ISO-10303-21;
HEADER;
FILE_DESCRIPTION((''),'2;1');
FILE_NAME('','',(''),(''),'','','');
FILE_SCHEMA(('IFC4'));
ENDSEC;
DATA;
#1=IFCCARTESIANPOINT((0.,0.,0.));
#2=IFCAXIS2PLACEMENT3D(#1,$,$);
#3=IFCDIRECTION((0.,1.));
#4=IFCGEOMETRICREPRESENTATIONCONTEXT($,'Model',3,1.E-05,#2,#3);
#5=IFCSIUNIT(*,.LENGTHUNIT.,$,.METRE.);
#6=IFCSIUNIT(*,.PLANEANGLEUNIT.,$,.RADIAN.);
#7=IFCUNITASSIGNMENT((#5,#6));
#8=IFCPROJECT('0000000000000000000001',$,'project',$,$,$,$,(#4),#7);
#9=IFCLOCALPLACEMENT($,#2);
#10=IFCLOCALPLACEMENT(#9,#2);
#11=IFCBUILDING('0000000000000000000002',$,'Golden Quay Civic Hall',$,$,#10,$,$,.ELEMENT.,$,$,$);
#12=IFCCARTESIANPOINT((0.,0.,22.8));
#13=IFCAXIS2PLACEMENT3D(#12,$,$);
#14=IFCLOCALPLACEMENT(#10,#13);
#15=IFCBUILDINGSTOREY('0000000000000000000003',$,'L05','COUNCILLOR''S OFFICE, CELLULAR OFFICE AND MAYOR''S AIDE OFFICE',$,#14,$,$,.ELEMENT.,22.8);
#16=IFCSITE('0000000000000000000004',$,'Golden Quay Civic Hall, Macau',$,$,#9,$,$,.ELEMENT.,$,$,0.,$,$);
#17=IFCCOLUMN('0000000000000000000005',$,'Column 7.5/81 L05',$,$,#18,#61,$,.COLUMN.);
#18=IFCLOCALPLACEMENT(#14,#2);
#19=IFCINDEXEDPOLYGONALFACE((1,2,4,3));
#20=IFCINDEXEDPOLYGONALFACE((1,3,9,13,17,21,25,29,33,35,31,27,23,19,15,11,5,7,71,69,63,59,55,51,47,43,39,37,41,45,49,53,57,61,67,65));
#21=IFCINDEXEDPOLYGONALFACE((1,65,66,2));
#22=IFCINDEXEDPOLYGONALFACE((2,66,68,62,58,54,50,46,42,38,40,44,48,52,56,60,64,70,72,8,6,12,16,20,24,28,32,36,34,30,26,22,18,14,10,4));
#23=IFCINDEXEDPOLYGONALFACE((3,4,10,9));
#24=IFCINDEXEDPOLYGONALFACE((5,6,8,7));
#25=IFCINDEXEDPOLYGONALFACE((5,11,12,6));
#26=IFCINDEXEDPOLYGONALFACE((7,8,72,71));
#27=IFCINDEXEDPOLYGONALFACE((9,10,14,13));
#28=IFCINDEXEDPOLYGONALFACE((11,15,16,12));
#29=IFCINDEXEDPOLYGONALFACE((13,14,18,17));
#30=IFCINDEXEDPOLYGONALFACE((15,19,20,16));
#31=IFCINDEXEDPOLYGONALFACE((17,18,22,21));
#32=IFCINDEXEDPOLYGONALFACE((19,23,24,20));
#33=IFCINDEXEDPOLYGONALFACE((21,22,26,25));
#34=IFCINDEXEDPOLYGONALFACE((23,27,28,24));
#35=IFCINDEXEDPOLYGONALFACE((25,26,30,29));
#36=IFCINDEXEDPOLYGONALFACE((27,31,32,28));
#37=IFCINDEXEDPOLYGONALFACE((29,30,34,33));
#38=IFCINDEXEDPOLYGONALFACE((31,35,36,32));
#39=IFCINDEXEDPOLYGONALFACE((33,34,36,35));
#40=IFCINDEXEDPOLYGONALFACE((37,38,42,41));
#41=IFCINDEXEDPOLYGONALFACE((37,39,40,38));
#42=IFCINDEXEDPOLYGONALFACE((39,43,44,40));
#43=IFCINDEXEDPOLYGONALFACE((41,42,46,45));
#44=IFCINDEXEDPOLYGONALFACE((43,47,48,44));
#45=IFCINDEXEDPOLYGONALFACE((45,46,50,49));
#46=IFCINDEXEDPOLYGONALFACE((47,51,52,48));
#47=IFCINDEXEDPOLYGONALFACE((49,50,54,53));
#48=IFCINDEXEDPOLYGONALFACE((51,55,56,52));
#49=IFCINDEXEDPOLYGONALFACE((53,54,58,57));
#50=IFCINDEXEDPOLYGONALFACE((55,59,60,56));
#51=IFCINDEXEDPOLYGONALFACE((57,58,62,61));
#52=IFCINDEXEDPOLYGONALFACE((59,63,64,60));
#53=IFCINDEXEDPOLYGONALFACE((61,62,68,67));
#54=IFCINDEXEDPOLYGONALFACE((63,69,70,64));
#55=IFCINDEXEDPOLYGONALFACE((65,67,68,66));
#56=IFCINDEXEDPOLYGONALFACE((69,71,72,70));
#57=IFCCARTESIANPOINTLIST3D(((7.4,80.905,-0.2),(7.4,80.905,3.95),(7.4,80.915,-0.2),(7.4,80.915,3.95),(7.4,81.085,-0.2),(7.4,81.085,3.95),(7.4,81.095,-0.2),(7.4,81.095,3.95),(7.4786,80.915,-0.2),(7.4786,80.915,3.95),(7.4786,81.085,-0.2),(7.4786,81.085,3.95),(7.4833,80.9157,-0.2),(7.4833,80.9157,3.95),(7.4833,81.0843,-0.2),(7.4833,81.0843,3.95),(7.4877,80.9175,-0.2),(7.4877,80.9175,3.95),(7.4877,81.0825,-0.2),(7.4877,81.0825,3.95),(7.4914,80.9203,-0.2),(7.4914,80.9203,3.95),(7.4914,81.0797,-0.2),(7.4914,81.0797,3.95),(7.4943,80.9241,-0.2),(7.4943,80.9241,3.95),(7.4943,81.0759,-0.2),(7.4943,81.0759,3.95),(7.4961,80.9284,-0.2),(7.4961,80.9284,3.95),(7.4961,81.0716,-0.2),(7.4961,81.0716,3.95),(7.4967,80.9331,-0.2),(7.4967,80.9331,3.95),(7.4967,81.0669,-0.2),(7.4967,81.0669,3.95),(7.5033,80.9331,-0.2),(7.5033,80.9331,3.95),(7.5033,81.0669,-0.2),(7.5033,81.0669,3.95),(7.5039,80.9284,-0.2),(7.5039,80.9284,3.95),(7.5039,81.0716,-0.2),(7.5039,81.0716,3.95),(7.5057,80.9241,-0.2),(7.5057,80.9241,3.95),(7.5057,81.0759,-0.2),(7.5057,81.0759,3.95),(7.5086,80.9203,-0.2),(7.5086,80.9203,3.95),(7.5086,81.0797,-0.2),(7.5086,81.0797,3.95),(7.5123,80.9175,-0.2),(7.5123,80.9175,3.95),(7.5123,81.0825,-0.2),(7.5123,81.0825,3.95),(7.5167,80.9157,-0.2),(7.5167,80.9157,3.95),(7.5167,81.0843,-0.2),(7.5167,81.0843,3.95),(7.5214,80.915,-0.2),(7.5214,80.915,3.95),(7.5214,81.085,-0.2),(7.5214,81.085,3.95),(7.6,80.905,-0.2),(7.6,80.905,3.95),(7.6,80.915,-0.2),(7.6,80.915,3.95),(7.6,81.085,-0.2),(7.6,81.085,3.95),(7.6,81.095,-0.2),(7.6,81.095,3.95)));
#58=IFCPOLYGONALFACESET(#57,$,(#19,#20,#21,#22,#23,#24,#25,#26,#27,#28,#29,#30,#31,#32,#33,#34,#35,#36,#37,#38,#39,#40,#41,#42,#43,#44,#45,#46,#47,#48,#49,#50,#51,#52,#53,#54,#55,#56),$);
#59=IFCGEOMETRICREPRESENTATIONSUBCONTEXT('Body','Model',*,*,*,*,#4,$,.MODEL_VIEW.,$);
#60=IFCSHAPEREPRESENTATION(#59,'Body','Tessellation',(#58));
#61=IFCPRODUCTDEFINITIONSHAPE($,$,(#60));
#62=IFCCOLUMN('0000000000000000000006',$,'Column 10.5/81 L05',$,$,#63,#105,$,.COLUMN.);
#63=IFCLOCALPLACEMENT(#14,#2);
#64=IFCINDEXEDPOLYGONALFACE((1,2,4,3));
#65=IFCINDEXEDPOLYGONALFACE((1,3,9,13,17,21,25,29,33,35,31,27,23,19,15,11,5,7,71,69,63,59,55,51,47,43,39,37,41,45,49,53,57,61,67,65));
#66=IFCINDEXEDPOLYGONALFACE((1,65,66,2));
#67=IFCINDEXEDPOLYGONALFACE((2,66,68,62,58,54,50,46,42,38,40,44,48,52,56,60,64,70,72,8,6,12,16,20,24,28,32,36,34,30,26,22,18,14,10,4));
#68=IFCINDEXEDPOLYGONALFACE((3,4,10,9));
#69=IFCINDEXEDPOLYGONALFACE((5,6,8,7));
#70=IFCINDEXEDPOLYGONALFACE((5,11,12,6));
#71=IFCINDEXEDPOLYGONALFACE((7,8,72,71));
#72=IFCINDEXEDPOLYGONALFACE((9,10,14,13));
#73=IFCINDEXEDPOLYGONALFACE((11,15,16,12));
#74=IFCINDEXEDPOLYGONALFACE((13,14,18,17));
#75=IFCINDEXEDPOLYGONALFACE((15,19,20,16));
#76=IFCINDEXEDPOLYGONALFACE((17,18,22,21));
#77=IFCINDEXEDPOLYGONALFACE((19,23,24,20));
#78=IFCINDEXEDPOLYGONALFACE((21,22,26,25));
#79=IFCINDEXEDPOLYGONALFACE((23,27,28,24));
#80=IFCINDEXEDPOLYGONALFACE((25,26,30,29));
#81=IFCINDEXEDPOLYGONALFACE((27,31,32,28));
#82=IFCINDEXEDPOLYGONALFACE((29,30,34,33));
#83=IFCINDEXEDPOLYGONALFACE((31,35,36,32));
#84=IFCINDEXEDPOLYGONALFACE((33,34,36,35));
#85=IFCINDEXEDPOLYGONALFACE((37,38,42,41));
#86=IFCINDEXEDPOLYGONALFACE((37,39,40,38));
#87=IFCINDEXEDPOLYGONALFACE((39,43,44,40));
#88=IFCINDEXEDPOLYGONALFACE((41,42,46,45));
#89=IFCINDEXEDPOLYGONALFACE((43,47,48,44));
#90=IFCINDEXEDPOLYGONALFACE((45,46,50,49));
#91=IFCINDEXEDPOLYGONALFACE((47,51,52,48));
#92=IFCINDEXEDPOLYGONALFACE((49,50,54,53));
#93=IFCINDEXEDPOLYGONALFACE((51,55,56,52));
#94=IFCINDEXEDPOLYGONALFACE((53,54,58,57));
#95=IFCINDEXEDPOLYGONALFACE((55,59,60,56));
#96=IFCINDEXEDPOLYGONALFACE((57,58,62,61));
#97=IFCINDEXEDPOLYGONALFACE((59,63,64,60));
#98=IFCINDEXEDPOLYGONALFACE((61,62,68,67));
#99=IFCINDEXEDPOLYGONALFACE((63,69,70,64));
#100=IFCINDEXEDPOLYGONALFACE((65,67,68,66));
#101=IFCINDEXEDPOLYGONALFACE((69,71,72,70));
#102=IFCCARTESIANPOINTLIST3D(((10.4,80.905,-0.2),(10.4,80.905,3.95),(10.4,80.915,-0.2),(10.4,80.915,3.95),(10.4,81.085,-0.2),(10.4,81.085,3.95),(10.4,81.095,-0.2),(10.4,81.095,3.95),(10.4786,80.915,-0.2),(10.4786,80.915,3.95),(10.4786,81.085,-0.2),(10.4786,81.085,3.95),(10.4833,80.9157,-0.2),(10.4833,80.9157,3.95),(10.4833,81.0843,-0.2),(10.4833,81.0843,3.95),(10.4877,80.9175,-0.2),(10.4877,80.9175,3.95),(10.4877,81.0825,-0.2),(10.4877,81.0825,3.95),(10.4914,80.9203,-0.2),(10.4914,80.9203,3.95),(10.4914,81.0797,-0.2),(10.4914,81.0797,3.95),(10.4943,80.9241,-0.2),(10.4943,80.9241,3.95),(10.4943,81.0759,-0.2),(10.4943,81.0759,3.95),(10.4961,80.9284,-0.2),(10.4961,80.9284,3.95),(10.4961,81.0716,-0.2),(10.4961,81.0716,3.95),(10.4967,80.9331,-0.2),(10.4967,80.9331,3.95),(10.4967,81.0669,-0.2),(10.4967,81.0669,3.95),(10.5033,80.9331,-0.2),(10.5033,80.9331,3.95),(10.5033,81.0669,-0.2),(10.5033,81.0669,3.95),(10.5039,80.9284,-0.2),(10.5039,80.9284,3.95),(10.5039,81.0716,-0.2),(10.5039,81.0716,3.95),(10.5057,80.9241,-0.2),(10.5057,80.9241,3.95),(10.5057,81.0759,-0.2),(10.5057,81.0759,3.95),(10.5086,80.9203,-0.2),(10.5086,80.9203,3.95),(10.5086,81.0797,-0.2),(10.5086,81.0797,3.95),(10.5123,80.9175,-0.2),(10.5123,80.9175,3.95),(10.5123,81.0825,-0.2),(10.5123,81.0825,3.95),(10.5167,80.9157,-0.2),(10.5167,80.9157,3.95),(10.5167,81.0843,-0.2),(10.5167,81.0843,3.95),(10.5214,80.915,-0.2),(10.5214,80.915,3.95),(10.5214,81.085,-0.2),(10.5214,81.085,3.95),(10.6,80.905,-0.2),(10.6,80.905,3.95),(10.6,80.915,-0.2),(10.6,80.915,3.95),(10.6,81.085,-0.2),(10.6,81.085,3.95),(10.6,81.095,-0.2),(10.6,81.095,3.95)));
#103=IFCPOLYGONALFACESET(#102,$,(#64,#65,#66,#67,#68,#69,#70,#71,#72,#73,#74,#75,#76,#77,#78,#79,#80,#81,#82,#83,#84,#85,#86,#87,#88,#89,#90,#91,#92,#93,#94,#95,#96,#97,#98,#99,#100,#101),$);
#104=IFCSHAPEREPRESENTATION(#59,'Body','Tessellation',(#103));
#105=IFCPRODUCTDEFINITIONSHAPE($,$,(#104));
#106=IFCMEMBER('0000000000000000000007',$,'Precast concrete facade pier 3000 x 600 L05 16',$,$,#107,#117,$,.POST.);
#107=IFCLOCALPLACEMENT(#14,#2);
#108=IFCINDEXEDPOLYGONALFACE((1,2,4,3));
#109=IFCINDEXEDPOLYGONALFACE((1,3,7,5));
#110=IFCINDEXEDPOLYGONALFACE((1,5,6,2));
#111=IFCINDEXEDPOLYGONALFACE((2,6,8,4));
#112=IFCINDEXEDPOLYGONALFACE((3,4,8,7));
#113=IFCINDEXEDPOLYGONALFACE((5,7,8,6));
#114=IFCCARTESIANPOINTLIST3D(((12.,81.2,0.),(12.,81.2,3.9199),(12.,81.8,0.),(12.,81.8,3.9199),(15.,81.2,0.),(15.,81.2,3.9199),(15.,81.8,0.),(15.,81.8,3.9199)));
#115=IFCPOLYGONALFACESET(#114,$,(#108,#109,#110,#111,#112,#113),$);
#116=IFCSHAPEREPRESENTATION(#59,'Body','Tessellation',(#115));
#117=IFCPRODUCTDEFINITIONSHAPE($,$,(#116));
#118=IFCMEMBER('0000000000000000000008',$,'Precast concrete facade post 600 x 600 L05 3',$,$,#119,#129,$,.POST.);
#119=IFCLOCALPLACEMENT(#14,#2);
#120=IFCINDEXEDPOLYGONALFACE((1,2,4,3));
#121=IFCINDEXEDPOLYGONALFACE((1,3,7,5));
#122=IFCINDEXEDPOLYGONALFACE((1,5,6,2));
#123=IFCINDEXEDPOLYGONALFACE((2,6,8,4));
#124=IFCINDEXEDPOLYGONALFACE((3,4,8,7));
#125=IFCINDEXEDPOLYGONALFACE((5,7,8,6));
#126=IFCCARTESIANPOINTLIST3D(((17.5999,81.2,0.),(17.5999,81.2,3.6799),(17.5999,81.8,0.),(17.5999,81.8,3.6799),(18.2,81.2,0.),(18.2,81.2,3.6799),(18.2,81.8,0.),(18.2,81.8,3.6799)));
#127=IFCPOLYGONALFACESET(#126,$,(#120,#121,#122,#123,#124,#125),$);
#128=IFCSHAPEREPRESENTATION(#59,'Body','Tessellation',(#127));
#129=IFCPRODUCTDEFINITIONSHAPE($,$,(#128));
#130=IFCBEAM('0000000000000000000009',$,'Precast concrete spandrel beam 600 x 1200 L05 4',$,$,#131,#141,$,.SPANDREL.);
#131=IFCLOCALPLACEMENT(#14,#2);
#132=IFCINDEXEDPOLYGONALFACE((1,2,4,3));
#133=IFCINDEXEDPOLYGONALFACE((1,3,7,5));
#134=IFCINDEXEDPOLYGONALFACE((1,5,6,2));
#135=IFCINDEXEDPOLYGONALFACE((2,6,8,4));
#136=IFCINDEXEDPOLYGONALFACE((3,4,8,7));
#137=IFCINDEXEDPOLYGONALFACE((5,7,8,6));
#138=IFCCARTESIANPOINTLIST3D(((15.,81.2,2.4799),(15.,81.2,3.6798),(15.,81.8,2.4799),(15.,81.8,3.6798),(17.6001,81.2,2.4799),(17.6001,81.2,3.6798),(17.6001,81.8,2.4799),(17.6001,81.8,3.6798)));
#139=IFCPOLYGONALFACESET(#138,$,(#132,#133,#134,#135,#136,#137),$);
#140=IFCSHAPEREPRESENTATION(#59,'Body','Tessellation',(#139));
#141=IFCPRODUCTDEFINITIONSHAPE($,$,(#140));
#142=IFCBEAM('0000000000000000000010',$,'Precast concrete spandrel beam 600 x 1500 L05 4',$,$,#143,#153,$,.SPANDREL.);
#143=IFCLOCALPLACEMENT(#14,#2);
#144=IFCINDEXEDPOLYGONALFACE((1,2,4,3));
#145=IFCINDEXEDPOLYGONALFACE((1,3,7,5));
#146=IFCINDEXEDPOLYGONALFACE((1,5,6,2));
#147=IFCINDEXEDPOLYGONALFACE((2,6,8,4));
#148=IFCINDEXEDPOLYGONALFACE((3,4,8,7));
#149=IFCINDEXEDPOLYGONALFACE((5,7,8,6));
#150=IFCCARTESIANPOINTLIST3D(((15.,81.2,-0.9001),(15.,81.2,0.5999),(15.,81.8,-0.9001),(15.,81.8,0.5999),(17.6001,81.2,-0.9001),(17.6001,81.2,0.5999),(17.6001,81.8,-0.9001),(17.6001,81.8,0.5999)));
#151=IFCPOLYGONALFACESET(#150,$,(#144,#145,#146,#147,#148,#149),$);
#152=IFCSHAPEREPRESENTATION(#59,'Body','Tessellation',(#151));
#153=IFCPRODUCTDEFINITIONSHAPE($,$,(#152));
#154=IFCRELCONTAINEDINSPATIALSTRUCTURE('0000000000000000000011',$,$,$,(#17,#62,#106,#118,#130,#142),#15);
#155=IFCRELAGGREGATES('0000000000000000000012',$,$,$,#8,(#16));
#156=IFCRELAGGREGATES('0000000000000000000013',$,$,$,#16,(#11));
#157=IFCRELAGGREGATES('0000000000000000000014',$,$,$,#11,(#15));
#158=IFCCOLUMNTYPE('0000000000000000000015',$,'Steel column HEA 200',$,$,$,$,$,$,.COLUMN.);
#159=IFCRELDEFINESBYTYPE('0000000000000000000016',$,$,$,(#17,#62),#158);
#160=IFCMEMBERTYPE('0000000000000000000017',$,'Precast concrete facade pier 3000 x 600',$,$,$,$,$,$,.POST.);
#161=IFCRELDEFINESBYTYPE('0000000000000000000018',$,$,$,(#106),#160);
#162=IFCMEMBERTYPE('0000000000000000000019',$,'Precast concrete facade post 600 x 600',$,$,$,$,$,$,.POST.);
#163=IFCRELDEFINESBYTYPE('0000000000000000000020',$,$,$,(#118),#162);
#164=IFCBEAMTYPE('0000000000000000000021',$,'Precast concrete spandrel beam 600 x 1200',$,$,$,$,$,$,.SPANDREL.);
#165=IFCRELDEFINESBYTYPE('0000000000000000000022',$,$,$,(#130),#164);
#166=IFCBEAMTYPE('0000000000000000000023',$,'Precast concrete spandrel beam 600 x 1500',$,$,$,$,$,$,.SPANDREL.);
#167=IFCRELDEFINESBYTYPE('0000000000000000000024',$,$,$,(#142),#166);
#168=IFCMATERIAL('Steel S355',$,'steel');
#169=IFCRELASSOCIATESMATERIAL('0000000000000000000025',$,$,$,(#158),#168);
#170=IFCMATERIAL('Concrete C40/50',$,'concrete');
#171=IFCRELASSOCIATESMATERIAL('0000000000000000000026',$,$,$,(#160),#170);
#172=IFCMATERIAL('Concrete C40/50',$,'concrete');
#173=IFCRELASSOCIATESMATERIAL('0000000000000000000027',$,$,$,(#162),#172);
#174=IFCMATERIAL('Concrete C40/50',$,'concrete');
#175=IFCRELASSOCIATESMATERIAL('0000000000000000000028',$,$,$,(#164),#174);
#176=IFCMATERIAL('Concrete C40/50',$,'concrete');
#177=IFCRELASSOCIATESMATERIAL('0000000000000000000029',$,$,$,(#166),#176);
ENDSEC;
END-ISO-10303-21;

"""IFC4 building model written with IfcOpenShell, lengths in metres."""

from ifc_helpers import new_model, si_unit, direction, frame, origin, origin_2d, place, context, subcontext, project, spatial, rectangle, i_section, extrude, material, material_profile, profile_set, type_object, element, save


model = new_model("IFC4")

# Units and contexts
model_context = context("Model", 3, precision=1e-05, world=origin(), true_north=direction((0.0, 1.0)))
body_context = subcontext(model_context, "Body", "Model", "MODEL_VIEW")
ifc_project = project(units=[si_unit("LENGTHUNIT", "METRE"), si_unit("PLANEANGLEUNIT", "RADIAN")], contexts=[model_context])

# Site, building, storey
site_placement = place(None, origin())
site = spatial("IfcSite", under=ifc_project, at=site_placement, Name="Golden Quay Civic Hall, Macau", CompositionType="ELEMENT", RefElevation=0.0)
building_placement = place(site_placement, origin())
building = spatial("IfcBuilding", under=site, at=building_placement, Name="Golden Quay Civic Hall", CompositionType="ELEMENT")
storey_placement = place(building_placement, frame((0.0, 0.0, 22.8)))
storey = spatial("IfcBuildingStorey", under=building, at=storey_placement, Name="L05", Description="COUNCILLOR'S OFFICE, CELLULAR OFFICE AND MAYOR'S AIDE OFFICE", CompositionType="ELEMENT", Elevation=22.8)

# Columns
ifc_material_1 = material(Name="Steel S355", Category="steel")
ifc_material_profile_1 = material_profile(ifc_material_1, i_section(OverallWidth=0.2, OverallDepth=0.1899, WebThickness=0.0066, FlangeThickness=0.01, FilletRadius=0.0181, at=origin_2d()), Name="HEA 200")
ifc_profile_set_1 = profile_set([ifc_material_profile_1], Name="Steel S355")
column_type = type_object("IfcColumnType", Name="Steel column HEA 200", PredefinedType="COLUMN", material=ifc_profile_set_1)
for number, where, z_axis, x_axis, name in (
    (1, (7.5, 81.0, -0.2), (0.0, 0.0, 1.0), (1.0, 0.0, 0.0), "Column 7.5/81 L05"),
    (2, (10.5, 81.0, -0.2), (0.0, 0.0, 1.0), (1.0, 0.0, 0.0), "Column 10.5/81 L05"),
):
    element("IfcColumn", number, at=place(storey_placement, frame(where, z_axis=z_axis, x_axis=x_axis)), inside=storey, type_object=column_type, Name=name, PredefinedType="COLUMN", context=body_context, shape_type="SweptSolid", body=[
        extrude(i_section(OverallWidth=0.2, OverallDepth=0.1899, WebThickness=0.0066, FlangeThickness=0.01, FilletRadius=0.0181, at=origin_2d()), origin(), (0.0, 0.0, 1.0), 4.1499),
    ])

# Members
ifc_material_2 = material(Name="Concrete C40/50", Category="concrete")
ifc_material_profile_2 = material_profile(ifc_material_2, rectangle(XDim=3.0, YDim=0.6001, at=origin_2d()), Name="RC 3000x600")
ifc_profile_set_2 = profile_set([ifc_material_profile_2], Name="Concrete C40/50")
member_type_1 = type_object("IfcMemberType", Name="Precast concrete facade pier 3000 x 600", PredefinedType="POST", material=ifc_profile_set_2)
member_1_placement = place(storey_placement, frame((13.5, 81.5, 0.0), z_axis=(0.0, 0.0, 1.0), x_axis=(1.0, 0.0, 0.0)))
element("IfcMember", 3, at=member_1_placement, inside=storey, type_object=member_type_1, Name="Precast concrete facade pier 3000 x 600 L05 16", PredefinedType="POST", context=body_context, shape_type="SweptSolid", body=[
    extrude(rectangle(XDim=3.0, YDim=0.6001, at=origin_2d()), origin(), (0.0, 0.0, 1.0), 3.9199),
])
ifc_material_3 = material(Name="Concrete C40/50", Category="concrete")
ifc_material_profile_3 = material_profile(ifc_material_3, rectangle(XDim=0.6001, YDim=0.6001, at=origin_2d()), Name="RC 600x600")
ifc_profile_set_3 = profile_set([ifc_material_profile_3], Name="Concrete C40/50")
member_type_2 = type_object("IfcMemberType", Name="Precast concrete facade post 600 x 600", PredefinedType="POST", material=ifc_profile_set_3)
member_2_placement = place(storey_placement, frame((17.8999, 81.5, 0.0), z_axis=(0.0, 0.0, 1.0), x_axis=(1.0, 0.0, 0.0)))
element("IfcMember", 4, at=member_2_placement, inside=storey, type_object=member_type_2, Name="Precast concrete facade post 600 x 600 L05 3", PredefinedType="POST", context=body_context, shape_type="SweptSolid", body=[
    extrude(rectangle(XDim=0.6001, YDim=0.6001, at=origin_2d()), origin(), (0.0, 0.0, 1.0), 3.6799),
])

# Beams
ifc_material_4 = material(Name="Concrete C40/50", Category="concrete")
ifc_material_profile_4 = material_profile(ifc_material_4, rectangle(XDim=0.6001, YDim=1.2, at=origin_2d()), Name="RC 600x1200")
ifc_profile_set_4 = profile_set([ifc_material_profile_4], Name="Concrete C40/50")
beam_type_1 = type_object("IfcBeamType", Name="Precast concrete spandrel beam 600 x 1200", PredefinedType="SPANDREL", material=ifc_profile_set_4)
beam_1_placement = place(storey_placement, frame((15.0, 81.5, 3.0798), z_axis=(1.0, 0.0, 0.0), x_axis=(0.0, 1.0, 0.0)))
element("IfcBeam", 5, at=beam_1_placement, inside=storey, type_object=beam_type_1, Name="Precast concrete spandrel beam 600 x 1200 L05 4", PredefinedType="SPANDREL", context=body_context, shape_type="SweptSolid", body=[
    extrude(rectangle(XDim=0.6001, YDim=1.2, at=origin_2d()), origin(), (0.0, 0.0, 1.0), 2.6001),
])
ifc_material_5 = material(Name="Concrete C40/50", Category="concrete")
ifc_material_profile_5 = material_profile(ifc_material_5, rectangle(XDim=0.6001, YDim=1.5, at=origin_2d()), Name="RC 600x1500")
ifc_profile_set_5 = profile_set([ifc_material_profile_5], Name="Concrete C40/50")
beam_type_2 = type_object("IfcBeamType", Name="Precast concrete spandrel beam 600 x 1500", PredefinedType="SPANDREL", material=ifc_profile_set_5)
beam_2_placement = place(storey_placement, frame((15.0, 81.5, -0.1501), z_axis=(1.0, 0.0, 0.0), x_axis=(0.0, 1.0, 0.0)))
element("IfcBeam", 6, at=beam_2_placement, inside=storey, type_object=beam_type_2, Name="Precast concrete spandrel beam 600 x 1500 L05 4", PredefinedType="SPANDREL", context=body_context, shape_type="SweptSolid", body=[
    extrude(rectangle(XDim=0.6001, YDim=1.5, at=origin_2d()), origin(), (0.0, 0.0, 1.0), 2.6001),
])

save(model, "model.ifc")
